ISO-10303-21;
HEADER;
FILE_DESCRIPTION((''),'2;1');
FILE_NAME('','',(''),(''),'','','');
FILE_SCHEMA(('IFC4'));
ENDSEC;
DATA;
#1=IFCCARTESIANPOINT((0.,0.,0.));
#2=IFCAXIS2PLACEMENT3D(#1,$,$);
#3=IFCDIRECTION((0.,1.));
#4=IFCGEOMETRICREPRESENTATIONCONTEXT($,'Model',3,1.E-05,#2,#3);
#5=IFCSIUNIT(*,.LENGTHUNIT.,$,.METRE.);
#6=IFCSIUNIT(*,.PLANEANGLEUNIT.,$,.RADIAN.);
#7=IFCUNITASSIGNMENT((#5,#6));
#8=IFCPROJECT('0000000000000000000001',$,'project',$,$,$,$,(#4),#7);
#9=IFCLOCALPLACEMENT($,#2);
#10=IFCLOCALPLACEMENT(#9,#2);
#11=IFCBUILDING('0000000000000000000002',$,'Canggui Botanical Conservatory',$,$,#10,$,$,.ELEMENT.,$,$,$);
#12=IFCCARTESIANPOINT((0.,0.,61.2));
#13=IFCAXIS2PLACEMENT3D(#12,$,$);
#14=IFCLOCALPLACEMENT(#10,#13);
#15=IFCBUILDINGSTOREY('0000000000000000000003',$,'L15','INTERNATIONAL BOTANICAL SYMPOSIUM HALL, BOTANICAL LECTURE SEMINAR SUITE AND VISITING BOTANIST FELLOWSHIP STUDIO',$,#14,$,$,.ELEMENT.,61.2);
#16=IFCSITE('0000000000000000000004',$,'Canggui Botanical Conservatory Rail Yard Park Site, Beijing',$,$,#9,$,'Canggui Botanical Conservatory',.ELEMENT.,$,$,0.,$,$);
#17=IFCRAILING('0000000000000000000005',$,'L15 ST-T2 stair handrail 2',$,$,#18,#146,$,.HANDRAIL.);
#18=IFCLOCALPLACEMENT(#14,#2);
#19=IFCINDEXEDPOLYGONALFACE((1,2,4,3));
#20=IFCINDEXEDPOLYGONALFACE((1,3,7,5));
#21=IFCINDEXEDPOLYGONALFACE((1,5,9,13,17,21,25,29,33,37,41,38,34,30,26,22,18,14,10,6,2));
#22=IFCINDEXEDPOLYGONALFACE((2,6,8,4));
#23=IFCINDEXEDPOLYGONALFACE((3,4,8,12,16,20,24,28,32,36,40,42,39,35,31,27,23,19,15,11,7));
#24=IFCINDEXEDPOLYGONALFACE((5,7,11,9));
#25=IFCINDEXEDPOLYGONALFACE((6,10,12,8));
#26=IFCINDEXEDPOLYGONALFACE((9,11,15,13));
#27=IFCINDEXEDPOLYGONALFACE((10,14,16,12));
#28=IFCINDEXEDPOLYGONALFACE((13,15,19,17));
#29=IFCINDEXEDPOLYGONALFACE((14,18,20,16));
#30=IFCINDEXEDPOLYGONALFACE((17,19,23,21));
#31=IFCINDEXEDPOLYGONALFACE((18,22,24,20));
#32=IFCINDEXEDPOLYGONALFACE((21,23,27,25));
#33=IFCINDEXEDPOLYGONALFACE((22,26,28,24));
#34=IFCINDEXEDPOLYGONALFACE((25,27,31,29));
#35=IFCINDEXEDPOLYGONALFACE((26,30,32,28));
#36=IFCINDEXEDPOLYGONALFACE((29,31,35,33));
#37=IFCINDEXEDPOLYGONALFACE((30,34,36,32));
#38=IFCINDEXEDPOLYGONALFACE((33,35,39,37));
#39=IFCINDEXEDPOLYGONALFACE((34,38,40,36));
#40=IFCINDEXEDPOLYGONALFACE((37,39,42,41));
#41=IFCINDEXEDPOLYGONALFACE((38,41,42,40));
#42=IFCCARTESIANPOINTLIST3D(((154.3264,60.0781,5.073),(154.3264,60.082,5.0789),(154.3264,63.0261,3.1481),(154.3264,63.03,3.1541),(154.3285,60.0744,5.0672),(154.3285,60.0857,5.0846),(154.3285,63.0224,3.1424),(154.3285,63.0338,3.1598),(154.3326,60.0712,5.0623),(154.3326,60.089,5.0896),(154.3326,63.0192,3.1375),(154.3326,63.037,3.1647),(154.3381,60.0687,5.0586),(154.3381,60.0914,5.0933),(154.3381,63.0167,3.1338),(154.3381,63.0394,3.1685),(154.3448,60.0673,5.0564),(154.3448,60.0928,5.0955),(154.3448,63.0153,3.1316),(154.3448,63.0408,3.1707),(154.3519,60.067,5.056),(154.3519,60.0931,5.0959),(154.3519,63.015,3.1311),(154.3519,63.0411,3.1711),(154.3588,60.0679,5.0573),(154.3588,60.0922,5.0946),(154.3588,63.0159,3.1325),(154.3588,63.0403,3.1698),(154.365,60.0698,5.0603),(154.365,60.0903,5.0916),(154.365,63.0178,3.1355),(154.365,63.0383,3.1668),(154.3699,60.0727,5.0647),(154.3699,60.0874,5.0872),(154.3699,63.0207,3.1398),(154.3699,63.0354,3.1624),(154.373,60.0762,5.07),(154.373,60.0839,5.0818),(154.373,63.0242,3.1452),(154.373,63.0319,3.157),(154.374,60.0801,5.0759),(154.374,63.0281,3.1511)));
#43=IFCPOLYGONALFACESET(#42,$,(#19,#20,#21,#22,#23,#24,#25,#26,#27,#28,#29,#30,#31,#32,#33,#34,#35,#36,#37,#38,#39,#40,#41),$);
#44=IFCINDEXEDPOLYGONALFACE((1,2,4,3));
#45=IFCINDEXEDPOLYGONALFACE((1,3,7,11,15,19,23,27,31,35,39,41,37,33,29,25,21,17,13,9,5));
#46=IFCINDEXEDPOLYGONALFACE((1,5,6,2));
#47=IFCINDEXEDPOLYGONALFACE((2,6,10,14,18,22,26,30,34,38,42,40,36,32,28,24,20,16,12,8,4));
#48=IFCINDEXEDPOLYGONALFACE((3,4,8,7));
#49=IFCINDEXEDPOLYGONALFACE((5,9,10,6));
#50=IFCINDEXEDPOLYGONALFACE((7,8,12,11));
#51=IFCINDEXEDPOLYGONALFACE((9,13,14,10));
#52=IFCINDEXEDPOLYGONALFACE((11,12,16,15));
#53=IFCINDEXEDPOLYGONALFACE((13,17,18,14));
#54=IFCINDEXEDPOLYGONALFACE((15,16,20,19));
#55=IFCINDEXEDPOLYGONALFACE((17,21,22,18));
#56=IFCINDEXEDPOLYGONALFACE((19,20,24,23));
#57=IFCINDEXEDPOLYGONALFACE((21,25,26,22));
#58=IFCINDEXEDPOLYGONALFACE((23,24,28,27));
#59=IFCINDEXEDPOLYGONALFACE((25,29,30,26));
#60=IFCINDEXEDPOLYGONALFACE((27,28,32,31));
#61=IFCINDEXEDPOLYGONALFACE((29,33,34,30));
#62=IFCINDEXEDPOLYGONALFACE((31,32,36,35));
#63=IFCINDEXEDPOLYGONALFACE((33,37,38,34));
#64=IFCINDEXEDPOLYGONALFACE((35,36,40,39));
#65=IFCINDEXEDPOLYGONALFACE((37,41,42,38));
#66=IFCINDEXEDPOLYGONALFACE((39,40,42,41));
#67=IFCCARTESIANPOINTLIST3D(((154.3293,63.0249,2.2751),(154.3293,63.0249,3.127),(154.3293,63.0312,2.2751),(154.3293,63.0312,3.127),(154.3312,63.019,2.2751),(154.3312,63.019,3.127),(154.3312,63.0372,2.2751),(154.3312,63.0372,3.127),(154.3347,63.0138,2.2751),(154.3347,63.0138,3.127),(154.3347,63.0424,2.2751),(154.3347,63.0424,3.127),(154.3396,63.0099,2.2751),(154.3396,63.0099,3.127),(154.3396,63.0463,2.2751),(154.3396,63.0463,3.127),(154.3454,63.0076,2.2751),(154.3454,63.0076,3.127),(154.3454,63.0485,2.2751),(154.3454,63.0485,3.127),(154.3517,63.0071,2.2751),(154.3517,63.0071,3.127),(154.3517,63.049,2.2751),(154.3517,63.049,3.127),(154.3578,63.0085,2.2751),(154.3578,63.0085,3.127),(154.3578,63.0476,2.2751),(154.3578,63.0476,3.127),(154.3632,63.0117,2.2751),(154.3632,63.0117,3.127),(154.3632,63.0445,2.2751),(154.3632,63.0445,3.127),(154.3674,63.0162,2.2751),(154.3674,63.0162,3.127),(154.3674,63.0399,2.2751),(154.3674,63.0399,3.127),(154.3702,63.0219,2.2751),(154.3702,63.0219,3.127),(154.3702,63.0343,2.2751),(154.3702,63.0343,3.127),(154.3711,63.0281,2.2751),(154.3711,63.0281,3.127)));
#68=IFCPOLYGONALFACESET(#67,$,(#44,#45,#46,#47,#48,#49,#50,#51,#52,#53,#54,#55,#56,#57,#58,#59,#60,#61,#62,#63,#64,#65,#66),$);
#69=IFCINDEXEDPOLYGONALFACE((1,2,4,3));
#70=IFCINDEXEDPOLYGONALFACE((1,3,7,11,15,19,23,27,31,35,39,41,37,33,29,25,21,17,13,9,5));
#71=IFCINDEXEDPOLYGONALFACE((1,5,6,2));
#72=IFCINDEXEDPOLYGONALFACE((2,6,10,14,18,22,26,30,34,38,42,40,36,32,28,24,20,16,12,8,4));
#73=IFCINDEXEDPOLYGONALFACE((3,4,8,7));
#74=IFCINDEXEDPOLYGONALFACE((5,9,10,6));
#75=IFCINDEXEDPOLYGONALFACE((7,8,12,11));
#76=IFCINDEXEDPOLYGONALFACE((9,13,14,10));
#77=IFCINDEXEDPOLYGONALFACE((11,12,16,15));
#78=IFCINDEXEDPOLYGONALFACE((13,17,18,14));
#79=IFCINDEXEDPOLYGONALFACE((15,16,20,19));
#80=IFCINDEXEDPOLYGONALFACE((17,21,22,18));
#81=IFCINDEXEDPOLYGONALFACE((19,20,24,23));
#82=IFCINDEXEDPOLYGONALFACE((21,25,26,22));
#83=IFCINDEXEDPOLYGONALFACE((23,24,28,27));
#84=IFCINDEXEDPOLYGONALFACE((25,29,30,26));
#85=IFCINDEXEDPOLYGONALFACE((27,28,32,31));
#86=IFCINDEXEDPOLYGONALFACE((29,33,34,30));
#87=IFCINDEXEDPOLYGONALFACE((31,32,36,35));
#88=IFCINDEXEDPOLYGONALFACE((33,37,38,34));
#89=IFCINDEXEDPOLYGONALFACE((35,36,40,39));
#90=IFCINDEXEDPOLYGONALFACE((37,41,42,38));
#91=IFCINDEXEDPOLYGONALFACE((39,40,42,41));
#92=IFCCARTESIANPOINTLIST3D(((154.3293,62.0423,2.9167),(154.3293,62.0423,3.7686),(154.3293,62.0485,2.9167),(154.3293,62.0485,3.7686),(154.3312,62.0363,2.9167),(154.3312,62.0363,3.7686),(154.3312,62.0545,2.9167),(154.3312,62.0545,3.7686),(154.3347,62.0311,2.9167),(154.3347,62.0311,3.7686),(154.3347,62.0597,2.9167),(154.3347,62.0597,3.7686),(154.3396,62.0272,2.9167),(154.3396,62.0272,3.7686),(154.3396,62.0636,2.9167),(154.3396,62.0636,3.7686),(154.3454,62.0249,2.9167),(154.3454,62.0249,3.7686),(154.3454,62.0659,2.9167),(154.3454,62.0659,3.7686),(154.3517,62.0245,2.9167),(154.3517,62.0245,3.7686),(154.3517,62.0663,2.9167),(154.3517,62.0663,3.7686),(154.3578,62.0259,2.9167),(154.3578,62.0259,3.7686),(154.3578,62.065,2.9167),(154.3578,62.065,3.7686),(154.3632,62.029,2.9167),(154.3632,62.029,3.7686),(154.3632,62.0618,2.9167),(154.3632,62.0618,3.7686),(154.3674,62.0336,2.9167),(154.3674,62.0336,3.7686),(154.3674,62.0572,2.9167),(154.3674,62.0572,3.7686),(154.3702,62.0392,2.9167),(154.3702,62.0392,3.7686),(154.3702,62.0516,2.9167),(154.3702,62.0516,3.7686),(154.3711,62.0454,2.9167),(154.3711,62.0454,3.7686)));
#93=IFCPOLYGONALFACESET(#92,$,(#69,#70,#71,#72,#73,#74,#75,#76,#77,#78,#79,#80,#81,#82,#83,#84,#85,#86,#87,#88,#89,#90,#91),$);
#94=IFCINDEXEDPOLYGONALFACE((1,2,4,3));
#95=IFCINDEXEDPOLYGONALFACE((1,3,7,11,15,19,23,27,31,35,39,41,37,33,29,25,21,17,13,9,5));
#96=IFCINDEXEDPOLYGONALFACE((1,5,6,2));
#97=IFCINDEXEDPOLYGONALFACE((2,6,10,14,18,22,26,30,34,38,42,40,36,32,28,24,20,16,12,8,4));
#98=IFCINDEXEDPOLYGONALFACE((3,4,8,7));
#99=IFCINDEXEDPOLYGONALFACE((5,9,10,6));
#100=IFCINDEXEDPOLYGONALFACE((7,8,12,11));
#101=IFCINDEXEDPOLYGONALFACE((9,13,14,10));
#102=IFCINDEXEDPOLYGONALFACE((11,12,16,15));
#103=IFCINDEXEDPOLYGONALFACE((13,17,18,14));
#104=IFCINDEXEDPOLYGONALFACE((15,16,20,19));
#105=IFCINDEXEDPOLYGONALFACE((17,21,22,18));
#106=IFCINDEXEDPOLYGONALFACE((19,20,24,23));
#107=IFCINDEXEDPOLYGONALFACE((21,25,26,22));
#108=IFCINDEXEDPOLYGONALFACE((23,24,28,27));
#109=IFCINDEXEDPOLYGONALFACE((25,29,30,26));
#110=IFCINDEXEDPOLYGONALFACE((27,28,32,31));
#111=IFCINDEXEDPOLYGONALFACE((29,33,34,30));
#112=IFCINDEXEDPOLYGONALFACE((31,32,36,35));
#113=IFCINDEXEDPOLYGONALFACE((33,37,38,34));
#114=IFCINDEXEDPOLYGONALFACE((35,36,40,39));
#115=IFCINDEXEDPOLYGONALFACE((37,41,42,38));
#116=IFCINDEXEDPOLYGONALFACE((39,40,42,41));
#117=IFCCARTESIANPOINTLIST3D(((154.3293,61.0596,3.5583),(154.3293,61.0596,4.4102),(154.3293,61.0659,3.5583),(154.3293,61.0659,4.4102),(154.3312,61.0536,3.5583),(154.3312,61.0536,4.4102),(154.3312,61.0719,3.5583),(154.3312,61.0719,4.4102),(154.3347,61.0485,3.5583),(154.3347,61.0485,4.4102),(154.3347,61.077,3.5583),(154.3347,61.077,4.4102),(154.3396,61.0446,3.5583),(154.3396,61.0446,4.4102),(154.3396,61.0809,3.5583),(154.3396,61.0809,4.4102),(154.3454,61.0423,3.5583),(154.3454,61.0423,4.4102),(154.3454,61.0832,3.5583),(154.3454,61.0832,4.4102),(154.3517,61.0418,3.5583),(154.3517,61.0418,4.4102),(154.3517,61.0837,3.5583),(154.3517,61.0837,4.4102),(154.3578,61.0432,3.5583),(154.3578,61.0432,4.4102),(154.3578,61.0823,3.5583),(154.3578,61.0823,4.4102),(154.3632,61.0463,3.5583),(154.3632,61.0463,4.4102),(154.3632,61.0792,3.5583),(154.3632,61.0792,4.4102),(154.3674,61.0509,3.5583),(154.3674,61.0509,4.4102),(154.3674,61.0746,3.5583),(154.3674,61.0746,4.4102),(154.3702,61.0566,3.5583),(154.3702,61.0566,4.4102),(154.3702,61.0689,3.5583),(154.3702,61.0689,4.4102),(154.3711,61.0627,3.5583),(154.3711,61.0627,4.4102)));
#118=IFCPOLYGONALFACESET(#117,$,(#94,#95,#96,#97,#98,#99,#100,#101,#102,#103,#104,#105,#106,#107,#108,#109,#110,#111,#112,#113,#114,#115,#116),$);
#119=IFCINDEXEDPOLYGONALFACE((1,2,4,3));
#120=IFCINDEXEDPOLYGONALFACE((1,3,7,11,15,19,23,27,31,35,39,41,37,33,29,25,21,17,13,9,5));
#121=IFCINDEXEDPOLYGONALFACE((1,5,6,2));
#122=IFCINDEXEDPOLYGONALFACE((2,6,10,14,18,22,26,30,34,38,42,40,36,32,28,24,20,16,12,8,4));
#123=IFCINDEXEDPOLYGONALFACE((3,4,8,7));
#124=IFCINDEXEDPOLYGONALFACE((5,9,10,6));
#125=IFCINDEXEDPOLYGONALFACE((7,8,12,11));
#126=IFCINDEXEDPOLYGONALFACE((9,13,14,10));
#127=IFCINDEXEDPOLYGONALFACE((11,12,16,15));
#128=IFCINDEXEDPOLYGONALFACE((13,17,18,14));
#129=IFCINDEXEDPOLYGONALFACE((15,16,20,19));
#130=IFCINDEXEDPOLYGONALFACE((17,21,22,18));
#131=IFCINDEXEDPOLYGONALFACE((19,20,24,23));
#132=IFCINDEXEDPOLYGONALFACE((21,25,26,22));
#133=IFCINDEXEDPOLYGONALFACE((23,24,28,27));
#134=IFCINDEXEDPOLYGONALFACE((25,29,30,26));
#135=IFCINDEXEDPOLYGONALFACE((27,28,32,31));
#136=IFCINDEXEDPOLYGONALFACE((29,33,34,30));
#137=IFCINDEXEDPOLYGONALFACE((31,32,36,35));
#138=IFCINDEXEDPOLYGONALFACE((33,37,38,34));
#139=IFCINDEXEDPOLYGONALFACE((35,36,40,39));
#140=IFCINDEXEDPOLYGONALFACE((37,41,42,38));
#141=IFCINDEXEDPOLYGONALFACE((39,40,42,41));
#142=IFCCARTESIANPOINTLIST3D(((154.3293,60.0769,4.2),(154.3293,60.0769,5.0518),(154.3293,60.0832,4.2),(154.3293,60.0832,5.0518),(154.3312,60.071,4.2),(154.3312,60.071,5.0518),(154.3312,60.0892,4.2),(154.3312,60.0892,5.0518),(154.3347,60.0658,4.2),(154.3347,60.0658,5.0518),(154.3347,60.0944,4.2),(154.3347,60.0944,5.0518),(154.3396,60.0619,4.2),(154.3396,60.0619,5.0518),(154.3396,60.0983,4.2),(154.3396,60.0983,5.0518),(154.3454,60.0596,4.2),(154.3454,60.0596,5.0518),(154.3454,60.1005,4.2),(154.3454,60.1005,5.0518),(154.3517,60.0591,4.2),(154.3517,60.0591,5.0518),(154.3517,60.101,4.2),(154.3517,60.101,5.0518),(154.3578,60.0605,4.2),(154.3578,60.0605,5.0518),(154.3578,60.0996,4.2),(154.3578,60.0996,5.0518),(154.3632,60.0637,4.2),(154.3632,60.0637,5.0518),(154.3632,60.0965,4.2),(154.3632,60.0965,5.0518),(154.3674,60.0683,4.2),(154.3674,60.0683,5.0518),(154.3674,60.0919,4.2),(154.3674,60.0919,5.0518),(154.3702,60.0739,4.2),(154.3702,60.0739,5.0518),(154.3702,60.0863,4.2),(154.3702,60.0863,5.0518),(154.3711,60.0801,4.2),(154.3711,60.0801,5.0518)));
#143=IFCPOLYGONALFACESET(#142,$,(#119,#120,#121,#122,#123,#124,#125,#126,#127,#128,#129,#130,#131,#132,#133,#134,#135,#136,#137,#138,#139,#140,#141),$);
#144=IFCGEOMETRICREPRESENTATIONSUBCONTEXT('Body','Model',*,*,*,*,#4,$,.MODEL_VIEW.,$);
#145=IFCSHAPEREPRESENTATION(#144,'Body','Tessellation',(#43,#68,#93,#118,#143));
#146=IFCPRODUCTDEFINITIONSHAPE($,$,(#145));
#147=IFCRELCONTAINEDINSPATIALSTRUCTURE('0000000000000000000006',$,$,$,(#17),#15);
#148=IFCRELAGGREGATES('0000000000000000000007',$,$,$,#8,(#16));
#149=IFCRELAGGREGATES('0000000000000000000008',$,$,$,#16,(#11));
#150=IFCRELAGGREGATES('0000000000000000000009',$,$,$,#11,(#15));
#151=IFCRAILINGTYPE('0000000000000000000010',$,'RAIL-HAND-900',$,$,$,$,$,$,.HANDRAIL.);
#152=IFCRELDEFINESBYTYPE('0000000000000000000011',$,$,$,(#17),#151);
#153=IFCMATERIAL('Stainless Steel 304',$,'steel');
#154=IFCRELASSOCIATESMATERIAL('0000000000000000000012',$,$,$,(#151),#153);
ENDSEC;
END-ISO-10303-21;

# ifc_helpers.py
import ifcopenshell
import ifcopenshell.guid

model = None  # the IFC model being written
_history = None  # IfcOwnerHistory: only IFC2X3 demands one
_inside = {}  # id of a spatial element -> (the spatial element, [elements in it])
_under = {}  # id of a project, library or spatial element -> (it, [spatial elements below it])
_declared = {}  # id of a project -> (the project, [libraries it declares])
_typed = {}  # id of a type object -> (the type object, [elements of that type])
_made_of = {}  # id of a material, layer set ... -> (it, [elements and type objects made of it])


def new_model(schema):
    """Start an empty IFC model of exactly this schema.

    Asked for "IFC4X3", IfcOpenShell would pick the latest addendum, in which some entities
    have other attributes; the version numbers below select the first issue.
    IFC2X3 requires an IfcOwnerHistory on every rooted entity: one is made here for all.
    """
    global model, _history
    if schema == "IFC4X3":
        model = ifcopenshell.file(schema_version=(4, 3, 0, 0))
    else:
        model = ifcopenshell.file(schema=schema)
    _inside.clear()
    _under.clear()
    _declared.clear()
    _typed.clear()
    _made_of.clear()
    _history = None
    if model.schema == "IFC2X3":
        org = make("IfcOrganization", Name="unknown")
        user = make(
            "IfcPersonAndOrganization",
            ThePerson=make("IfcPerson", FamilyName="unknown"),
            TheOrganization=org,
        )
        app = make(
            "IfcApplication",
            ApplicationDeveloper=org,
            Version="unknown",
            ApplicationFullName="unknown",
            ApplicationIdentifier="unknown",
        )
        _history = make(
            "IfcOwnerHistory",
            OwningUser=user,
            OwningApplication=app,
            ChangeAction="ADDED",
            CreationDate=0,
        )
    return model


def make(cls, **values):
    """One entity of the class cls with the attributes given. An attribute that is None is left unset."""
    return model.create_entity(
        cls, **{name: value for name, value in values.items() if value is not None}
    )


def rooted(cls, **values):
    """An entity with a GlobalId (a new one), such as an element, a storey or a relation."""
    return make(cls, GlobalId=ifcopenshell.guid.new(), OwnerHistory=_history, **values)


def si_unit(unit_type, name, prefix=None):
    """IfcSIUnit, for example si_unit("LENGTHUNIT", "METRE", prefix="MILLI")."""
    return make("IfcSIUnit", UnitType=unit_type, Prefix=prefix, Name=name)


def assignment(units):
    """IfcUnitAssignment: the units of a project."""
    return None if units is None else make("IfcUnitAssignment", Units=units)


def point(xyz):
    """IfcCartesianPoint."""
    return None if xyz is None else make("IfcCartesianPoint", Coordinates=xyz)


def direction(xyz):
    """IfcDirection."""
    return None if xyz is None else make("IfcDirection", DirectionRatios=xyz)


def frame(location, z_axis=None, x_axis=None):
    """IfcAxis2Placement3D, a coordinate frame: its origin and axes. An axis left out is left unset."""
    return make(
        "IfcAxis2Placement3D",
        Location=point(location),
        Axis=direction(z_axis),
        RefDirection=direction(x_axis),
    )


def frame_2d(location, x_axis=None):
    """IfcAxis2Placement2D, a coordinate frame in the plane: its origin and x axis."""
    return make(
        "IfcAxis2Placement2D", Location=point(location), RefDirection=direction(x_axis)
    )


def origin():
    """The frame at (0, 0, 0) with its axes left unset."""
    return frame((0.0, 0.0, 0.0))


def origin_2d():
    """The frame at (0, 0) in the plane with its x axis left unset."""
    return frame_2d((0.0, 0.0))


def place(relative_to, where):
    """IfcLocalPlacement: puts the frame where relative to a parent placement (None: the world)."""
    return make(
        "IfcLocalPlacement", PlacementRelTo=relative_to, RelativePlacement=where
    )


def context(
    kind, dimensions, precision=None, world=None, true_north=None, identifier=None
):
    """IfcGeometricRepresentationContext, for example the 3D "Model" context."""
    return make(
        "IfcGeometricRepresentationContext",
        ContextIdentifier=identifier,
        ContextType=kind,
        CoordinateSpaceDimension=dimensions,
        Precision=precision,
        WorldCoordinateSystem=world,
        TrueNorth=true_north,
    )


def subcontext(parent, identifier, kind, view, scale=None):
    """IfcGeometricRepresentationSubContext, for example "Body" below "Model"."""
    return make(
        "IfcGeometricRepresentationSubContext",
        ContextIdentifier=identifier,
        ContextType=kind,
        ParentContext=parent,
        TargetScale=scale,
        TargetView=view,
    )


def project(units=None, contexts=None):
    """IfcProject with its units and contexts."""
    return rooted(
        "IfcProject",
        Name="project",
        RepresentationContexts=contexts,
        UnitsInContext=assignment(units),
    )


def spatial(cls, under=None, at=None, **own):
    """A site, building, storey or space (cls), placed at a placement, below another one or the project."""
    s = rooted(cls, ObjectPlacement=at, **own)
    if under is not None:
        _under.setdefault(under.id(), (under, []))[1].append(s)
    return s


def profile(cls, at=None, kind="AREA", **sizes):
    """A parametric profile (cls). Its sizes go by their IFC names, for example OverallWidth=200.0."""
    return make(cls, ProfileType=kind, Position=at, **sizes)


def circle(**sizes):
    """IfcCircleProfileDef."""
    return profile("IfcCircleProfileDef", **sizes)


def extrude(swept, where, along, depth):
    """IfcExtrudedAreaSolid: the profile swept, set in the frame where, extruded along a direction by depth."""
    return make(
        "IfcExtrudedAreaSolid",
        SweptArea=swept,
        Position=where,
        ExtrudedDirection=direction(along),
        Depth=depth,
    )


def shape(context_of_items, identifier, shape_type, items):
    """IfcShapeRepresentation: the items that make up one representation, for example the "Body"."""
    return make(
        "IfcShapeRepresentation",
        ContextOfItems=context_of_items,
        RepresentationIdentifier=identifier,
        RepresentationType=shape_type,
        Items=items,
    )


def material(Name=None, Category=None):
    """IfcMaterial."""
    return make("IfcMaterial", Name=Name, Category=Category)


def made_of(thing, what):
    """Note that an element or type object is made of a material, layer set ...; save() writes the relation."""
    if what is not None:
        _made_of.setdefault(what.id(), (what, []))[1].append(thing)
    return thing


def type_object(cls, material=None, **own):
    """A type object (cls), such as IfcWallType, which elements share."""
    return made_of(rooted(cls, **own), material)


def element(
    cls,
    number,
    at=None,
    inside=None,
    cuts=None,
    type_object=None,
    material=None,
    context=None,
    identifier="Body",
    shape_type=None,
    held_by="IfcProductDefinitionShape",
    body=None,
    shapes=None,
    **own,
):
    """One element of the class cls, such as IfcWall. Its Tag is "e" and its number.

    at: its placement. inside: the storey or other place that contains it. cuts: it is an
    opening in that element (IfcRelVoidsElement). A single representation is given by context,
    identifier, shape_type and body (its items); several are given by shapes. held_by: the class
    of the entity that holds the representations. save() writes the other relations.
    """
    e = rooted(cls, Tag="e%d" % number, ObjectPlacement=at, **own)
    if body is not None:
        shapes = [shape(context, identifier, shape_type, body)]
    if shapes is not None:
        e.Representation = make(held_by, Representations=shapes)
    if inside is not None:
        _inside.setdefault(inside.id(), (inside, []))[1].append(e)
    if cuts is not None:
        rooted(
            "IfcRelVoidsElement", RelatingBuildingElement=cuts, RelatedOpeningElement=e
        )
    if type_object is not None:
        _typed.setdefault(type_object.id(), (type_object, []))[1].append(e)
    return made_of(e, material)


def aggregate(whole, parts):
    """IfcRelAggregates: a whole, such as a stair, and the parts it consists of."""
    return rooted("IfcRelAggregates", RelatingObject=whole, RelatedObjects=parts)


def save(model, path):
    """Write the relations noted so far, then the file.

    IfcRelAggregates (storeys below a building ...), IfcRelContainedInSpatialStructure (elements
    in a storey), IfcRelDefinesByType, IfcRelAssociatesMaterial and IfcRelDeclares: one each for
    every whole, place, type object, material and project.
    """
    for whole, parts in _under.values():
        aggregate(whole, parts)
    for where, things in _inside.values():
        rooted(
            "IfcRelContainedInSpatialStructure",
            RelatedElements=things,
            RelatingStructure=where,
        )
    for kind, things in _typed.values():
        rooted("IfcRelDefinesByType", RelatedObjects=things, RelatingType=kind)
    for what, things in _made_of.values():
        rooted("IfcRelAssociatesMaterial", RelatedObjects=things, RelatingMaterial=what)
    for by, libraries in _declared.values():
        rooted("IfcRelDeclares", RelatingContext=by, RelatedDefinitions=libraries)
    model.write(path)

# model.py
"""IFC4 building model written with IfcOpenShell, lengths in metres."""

from ifc_helpers import new_model, si_unit, direction, frame, origin, origin_2d, place, context, subcontext, project, spatial, circle, extrude, material, type_object, element, save


model = new_model("IFC4")

# Units and contexts
model_context = context("Model", 3, precision=1e-05, world=origin(), true_north=direction((0.0, 1.0)))
body_context = subcontext(model_context, "Body", "Model", "MODEL_VIEW")
ifc_project = project(units=[si_unit("LENGTHUNIT", "METRE"), si_unit("PLANEANGLEUNIT", "RADIAN")], contexts=[model_context])

# Site, building, storey
site_placement = place(None, origin())
site = spatial("IfcSite", under=ifc_project, at=site_placement, Name="Canggui Botanical Conservatory Rail Yard Park Site, Beijing", LongName="Canggui Botanical Conservatory", CompositionType="ELEMENT", RefElevation=0.0)
building_placement = place(site_placement, origin())
building = spatial("IfcBuilding", under=site, at=building_placement, Name="Canggui Botanical Conservatory", CompositionType="ELEMENT")
storey_placement = place(building_placement, frame((0.0, 0.0, 61.2)))
storey = spatial("IfcBuildingStorey", under=building, at=storey_placement, Name="L15", Description="INTERNATIONAL BOTANICAL SYMPOSIUM HALL, BOTANICAL LECTURE SEMINAR SUITE AND VISITING BOTANIST FELLOWSHIP STUDIO", CompositionType="ELEMENT", Elevation=61.2)

# Shared definitions
ifc_material_1 = material(Name="Stainless Steel 304", Category="steel")

# Railing
railing_type_1 = type_object("IfcRailingType", Name="RAIL-HAND-900", PredefinedType="HANDRAIL", material=ifc_material_1)
railing_1_placement = place(storey_placement, frame((154.3501, 63.0281, 2.2751)))
element("IfcRailing", 1, at=railing_1_placement, inside=storey, type_object=railing_type_1, Name="L15 ST-T2 stair handrail 2", PredefinedType="HANDRAIL", context=body_context, shape_type="SweptSolid", body=[
    extrude(circle(Radius=0.0239, at=origin_2d()), frame((0.0, 0.0, 0.876), z_axis=(0.0, -0.837325, 0.546706), x_axis=(1.0, 0.0, 0.0)), (0.0, 0.0, 1.0), 3.5208),
    extrude(circle(Radius=0.021, at=origin_2d()), origin(), (0.0, 0.0, 1.0), 0.8518),
    extrude(circle(Radius=0.021, at=origin_2d()), frame((0.0, -0.9827, 0.6416)), (0.0, 0.0, 1.0), 0.8518),
    extrude(circle(Radius=0.021, at=origin_2d()), frame((0.0, -1.9653, 1.2832)), (0.0, 0.0, 1.0), 0.8518),
    extrude(circle(Radius=0.021, at=origin_2d()), frame((0.0, -2.948, 1.9248)), (0.0, 0.0, 1.0), 0.8518),
])

save(model, "model.ifc")
